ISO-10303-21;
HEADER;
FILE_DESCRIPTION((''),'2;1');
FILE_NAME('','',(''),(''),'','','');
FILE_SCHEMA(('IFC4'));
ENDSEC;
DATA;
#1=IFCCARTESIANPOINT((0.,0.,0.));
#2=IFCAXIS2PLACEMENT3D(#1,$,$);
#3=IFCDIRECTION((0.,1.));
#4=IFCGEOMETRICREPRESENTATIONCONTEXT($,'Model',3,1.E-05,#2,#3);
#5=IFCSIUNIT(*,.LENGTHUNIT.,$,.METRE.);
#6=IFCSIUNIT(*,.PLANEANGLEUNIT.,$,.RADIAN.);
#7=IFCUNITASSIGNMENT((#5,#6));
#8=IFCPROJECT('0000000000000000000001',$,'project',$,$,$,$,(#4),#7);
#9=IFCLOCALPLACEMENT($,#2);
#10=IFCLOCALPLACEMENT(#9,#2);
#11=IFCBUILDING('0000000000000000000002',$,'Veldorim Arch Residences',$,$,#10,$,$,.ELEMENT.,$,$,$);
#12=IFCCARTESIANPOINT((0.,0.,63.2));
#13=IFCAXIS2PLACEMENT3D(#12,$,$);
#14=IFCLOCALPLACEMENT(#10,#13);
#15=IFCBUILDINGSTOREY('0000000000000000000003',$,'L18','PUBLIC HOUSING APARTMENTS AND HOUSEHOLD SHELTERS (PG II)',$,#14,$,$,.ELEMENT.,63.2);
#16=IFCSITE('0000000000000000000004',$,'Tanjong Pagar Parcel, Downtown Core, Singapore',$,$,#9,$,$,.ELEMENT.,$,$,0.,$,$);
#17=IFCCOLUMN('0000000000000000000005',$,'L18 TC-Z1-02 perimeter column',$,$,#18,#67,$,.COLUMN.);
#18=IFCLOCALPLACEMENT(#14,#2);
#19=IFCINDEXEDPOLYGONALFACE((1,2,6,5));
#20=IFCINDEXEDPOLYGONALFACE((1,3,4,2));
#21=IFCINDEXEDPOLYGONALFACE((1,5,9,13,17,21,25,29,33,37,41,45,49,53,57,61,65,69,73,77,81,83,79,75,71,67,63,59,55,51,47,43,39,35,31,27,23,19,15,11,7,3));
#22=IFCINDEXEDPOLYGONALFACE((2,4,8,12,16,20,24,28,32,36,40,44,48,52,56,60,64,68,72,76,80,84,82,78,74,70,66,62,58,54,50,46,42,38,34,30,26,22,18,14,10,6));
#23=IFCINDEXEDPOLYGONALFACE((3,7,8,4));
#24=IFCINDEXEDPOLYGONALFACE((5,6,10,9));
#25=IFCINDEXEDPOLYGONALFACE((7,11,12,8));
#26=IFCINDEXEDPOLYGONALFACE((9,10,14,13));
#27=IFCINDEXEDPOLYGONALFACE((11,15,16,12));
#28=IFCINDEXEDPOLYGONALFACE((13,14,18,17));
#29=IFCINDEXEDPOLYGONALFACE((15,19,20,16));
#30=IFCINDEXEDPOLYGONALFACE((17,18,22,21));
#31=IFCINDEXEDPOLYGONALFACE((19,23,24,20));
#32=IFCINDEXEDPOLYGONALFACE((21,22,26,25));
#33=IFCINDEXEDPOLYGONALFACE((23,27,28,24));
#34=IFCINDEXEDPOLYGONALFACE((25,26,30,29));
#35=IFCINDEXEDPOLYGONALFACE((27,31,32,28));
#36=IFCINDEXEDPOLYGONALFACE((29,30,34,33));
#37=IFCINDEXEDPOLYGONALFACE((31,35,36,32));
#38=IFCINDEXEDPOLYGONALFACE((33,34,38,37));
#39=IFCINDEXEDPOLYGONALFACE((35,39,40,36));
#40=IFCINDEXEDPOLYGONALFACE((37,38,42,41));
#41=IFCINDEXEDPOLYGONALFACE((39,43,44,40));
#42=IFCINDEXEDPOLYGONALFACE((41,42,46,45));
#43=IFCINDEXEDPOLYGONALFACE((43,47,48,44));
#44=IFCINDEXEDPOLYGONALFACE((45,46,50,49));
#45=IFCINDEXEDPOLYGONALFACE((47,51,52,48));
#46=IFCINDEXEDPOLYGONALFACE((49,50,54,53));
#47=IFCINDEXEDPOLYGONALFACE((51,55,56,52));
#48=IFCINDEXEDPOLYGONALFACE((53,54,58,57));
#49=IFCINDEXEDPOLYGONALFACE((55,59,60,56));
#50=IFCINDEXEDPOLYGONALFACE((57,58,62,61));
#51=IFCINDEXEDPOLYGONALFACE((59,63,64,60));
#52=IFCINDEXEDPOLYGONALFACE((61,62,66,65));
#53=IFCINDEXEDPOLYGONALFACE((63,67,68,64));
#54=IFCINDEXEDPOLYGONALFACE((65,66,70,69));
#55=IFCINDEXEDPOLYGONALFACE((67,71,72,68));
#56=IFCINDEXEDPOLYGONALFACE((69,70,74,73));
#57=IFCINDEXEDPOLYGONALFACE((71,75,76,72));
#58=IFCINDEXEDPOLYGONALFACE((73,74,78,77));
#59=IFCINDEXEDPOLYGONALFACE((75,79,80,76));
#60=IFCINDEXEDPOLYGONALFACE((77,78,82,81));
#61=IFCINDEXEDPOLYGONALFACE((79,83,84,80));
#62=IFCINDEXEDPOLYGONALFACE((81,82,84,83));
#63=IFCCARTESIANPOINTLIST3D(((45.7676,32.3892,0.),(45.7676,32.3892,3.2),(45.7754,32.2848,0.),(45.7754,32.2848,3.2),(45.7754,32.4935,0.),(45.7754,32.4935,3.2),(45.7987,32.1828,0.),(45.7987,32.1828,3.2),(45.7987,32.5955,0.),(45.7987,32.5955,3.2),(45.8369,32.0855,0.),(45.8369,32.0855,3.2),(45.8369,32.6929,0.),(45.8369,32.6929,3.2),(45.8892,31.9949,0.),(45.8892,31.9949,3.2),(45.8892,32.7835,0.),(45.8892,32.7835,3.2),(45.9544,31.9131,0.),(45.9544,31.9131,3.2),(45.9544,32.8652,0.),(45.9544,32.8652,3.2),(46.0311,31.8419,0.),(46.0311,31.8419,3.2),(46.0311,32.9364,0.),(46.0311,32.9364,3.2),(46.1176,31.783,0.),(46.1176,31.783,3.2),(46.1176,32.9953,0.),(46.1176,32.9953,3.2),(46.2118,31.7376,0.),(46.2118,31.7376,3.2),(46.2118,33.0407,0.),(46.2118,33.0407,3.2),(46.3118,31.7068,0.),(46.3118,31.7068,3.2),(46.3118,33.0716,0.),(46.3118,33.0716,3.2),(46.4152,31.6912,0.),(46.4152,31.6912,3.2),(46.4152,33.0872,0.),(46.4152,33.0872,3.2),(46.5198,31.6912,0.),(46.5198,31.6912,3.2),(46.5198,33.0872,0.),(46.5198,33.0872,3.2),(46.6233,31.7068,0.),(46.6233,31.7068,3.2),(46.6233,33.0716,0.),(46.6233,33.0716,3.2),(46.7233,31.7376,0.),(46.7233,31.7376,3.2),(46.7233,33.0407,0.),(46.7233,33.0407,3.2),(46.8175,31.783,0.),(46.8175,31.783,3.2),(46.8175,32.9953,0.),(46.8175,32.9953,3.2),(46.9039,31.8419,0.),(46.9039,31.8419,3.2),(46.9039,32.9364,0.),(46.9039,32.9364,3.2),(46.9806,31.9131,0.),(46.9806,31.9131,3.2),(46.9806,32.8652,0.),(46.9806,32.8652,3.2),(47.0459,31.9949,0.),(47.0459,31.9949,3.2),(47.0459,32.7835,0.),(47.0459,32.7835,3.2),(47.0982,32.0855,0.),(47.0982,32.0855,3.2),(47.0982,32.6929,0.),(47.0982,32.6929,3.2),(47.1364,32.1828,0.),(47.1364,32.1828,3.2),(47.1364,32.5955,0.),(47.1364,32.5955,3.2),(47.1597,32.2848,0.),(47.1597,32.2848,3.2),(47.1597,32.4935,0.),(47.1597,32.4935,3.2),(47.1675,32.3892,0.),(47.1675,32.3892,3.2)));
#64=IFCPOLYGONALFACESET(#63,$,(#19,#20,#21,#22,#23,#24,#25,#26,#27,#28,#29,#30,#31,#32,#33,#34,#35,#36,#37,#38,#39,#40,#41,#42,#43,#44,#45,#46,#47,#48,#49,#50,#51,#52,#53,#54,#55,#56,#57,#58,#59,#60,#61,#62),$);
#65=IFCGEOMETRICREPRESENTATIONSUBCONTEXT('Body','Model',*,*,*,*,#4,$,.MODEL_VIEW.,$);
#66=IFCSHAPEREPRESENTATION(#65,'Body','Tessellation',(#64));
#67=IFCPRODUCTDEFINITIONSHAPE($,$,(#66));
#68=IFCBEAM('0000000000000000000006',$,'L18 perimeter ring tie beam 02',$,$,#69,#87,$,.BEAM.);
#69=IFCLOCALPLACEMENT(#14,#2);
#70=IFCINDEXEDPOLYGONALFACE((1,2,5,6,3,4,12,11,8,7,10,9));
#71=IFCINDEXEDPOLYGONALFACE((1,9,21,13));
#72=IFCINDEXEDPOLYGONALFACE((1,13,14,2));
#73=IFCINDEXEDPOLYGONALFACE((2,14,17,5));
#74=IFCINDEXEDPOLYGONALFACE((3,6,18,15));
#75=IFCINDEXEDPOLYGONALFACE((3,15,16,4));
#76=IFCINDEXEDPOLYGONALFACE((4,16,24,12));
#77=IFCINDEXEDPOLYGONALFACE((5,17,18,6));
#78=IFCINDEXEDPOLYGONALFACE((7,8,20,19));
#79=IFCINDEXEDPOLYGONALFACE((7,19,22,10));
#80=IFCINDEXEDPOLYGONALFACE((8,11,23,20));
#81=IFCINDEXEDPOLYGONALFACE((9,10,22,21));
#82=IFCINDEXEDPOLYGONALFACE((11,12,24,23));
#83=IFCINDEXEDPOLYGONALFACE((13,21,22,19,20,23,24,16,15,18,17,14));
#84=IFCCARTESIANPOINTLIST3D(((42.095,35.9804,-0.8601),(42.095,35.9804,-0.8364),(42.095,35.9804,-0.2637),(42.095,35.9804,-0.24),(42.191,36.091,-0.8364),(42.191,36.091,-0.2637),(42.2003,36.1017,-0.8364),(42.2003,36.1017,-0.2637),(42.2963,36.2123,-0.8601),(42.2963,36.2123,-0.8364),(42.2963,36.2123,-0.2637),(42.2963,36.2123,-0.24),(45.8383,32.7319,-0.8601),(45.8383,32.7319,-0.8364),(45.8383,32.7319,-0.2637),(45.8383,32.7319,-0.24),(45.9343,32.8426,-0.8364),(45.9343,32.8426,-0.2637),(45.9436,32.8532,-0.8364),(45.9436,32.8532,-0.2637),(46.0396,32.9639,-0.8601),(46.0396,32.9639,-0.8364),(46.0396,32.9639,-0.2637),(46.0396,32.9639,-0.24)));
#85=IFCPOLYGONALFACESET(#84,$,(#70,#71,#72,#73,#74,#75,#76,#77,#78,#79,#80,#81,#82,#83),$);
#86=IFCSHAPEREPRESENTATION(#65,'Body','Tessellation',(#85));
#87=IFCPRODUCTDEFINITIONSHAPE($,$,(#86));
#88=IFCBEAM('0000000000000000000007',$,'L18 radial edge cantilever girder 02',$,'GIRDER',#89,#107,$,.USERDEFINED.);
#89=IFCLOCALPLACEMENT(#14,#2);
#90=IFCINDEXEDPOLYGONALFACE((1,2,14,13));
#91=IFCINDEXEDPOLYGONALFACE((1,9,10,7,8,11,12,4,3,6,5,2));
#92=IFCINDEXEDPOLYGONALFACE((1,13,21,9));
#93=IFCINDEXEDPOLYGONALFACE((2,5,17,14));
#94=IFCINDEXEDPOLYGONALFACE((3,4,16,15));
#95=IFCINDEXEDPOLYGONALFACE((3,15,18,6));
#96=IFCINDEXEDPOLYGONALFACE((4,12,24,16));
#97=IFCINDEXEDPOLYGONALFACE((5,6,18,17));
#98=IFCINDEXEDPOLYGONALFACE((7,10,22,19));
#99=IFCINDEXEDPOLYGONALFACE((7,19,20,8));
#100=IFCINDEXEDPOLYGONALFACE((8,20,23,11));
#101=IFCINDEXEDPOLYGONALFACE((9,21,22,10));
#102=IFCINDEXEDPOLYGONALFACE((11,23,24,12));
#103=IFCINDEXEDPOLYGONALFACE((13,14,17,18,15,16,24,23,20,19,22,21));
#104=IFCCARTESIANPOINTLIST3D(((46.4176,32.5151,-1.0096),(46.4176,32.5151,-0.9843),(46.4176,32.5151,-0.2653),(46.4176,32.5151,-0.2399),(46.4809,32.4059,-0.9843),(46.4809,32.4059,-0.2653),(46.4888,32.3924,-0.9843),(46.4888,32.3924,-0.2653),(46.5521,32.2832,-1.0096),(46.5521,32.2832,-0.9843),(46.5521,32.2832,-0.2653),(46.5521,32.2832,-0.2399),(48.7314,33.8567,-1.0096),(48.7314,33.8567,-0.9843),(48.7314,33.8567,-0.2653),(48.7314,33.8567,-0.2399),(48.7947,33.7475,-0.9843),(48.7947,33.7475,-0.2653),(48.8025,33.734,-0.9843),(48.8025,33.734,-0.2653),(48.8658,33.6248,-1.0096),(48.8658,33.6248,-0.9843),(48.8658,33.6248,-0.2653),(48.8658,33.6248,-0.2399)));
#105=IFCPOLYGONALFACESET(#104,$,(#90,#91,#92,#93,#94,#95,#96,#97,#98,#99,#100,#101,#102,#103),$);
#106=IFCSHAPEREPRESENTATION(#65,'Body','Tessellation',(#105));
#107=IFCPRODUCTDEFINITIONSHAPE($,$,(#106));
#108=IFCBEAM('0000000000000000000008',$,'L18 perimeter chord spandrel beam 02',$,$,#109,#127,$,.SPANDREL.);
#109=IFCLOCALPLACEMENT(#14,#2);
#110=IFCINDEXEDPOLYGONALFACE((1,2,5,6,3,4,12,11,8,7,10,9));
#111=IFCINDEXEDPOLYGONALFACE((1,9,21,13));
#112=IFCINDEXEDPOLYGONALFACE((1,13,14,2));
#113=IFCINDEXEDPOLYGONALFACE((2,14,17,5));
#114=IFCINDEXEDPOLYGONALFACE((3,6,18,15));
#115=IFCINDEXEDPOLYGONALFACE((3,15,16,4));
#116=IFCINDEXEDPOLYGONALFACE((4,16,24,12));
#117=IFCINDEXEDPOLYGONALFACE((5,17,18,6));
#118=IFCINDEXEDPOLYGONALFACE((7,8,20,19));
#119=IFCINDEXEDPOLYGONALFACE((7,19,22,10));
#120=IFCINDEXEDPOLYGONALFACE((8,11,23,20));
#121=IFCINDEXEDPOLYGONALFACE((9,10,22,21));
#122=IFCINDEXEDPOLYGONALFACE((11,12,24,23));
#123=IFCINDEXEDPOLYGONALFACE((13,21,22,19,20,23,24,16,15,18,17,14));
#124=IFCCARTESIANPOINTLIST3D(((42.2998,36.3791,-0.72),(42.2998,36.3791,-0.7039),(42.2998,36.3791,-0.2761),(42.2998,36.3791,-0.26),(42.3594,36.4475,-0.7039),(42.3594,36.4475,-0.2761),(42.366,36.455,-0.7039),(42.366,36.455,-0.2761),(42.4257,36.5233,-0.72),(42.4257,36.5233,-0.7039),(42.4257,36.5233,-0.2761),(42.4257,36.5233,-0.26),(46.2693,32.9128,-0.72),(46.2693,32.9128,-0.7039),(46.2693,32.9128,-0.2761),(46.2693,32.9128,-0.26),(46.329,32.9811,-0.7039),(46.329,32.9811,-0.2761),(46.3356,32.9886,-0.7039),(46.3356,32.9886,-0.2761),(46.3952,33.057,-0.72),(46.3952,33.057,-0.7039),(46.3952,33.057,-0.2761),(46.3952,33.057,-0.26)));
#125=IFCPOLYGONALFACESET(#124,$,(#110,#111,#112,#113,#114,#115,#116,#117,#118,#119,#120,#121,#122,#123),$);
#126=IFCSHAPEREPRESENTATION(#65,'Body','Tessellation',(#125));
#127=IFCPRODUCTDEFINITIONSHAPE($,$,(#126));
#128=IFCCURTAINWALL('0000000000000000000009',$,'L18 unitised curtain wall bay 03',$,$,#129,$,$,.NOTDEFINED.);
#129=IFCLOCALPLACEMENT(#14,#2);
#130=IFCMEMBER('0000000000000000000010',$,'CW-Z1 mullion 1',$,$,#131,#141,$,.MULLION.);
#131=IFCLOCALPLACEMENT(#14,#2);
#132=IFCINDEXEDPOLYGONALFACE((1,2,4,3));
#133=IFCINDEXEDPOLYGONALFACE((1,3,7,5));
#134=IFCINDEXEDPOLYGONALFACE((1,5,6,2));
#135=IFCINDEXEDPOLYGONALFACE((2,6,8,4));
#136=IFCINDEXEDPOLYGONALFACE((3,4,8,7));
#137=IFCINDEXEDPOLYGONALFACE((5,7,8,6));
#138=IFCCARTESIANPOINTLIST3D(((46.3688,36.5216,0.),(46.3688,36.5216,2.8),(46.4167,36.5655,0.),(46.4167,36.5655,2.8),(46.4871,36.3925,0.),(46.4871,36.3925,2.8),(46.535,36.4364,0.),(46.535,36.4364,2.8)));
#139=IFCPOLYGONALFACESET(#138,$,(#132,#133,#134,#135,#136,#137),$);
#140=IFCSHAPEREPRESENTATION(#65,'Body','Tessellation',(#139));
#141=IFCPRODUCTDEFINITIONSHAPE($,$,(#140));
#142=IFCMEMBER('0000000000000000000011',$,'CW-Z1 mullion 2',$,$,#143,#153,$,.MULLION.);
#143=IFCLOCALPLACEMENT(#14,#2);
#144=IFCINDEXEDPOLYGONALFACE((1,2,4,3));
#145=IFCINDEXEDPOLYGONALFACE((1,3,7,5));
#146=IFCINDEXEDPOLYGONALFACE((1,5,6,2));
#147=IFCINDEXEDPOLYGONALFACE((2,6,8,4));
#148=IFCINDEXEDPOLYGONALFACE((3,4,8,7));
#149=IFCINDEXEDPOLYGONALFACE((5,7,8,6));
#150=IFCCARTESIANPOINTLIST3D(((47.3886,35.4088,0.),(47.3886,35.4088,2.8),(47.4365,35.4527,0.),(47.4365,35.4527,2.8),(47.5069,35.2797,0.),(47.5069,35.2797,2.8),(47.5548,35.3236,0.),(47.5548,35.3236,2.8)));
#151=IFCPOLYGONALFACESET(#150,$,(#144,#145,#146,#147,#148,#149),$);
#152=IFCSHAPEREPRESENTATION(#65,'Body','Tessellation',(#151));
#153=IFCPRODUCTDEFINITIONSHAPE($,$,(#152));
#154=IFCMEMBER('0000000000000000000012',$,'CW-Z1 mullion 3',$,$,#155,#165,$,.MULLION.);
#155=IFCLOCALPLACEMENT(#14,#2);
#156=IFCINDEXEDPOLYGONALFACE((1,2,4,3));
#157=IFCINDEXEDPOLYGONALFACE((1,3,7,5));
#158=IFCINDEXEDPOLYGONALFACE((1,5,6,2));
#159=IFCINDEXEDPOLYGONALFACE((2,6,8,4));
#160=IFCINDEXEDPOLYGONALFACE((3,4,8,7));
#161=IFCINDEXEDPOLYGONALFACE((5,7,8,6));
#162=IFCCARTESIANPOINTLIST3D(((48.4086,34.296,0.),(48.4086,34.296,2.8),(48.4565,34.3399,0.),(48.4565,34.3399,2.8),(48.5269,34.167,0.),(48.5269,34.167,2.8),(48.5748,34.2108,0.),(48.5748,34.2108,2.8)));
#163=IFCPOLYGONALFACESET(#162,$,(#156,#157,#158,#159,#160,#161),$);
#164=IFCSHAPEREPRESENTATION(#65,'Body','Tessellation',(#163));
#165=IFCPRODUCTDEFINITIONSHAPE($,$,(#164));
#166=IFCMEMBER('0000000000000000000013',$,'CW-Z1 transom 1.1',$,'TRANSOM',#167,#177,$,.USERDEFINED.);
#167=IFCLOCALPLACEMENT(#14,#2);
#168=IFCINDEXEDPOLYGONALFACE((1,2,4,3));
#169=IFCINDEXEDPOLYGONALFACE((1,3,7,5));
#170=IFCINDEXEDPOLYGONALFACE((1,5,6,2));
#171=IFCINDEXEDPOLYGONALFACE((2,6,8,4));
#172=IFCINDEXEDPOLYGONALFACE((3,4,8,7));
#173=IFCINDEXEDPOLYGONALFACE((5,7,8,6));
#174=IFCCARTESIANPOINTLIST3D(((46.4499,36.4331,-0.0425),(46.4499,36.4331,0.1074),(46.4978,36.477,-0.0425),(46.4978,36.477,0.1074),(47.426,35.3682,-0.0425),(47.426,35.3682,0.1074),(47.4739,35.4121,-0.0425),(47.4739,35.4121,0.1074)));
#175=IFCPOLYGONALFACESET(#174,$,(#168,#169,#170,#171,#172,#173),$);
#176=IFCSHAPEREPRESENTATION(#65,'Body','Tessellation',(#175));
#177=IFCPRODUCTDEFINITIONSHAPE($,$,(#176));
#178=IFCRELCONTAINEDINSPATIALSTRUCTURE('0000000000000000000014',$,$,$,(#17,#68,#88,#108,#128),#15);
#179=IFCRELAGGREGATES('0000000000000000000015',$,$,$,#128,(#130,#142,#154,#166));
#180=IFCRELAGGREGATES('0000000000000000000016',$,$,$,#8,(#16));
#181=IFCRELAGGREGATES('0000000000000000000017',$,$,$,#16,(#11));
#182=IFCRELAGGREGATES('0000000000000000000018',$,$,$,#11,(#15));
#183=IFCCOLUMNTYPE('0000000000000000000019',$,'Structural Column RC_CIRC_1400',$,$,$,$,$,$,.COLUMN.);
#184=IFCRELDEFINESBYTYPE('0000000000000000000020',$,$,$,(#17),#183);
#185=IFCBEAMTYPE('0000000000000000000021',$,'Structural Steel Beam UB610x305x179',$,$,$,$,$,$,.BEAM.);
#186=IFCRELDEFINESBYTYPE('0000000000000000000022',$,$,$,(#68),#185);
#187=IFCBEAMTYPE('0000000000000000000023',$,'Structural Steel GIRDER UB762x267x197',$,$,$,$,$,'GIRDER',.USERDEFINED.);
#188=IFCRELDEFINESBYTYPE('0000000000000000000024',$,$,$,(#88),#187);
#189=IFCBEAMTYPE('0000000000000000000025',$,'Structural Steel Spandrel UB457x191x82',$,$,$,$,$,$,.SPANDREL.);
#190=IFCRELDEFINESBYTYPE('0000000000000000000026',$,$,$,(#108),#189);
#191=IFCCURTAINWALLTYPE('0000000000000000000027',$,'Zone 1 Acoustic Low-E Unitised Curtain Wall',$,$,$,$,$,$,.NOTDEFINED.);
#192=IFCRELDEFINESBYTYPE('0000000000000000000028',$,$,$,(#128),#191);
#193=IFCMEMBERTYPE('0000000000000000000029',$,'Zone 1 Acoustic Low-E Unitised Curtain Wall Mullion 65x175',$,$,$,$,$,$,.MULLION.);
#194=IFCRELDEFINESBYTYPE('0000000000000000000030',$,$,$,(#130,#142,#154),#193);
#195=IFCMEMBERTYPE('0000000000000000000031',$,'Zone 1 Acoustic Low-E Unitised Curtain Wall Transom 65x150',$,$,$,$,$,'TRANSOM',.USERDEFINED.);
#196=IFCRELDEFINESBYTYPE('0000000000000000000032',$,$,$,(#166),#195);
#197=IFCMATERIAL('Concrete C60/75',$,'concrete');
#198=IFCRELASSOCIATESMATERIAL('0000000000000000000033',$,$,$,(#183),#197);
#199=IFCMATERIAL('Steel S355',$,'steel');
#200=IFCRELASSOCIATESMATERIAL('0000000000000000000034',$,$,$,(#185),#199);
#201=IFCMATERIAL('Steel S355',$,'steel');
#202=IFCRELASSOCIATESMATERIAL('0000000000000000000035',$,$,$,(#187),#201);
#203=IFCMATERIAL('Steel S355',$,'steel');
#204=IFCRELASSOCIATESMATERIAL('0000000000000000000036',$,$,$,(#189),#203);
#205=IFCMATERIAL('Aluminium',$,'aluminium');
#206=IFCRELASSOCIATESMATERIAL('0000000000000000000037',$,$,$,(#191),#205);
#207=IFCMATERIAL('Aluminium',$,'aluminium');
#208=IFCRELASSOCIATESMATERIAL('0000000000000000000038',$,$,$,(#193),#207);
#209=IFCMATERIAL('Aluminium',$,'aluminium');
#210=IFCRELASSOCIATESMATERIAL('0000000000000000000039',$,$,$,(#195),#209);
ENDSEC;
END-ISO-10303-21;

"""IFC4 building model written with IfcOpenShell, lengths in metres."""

from ifc_helpers import new_model, si_unit, direction, frame, origin, origin_2d, place, context, subcontext, project, spatial, rectangle, circle, i_section, extrude, material, material_profile, profile_set, type_object, element, aggregate, save


model = new_model("IFC4")

# Units and contexts
model_context = context("Model", 3, precision=1e-05, world=origin(), true_north=direction((0.0, 1.0)))
body_context = subcontext(model_context, "Body", "Model", "MODEL_VIEW")
ifc_project = project(units=[si_unit("LENGTHUNIT", "METRE"), si_unit("PLANEANGLEUNIT", "RADIAN")], contexts=[model_context])

# Site, building, storey
site_placement = place(None, origin())
site = spatial("IfcSite", under=ifc_project, at=site_placement, Name="Tanjong Pagar Parcel, Downtown Core, Singapore", CompositionType="ELEMENT", RefElevation=0.0)
building_placement = place(site_placement, origin())
building = spatial("IfcBuilding", under=site, at=building_placement, Name="Veldorim Arch Residences", CompositionType="ELEMENT")
storey_placement = place(building_placement, frame((0.0, 0.0, 63.2)))
storey = spatial("IfcBuildingStorey", under=building, at=storey_placement, Name="L18", Description="PUBLIC HOUSING APARTMENTS AND HOUSEHOLD SHELTERS (PG II)", CompositionType="ELEMENT", Elevation=63.2)

# Column
ifc_material_1 = material(Name="Concrete C60/75", Category="concrete")
ifc_material_profile_1 = material_profile(ifc_material_1, circle(Radius=0.7, at=origin_2d()), Name="RC_CIRC_1400")
ifc_profile_set_1 = profile_set([ifc_material_profile_1], Name="Concrete C60/75")
column_type = type_object("IfcColumnType", Name="Structural Column RC_CIRC_1400", PredefinedType="COLUMN", material=ifc_profile_set_1)
column_placement = place(storey_placement, frame((46.4675, 32.3892, 0.0), z_axis=(0.0, 0.0, 1.0), x_axis=(1.0, 0.0, 0.0)))
element("IfcColumn", 1, at=column_placement, inside=storey, type_object=column_type, Name="L18 TC-Z1-02 perimeter column", PredefinedType="COLUMN", context=body_context, shape_type="SweptSolid", body=[
    extrude(circle(Radius=0.7, at=origin_2d()), origin(), (0.0, 0.0, 1.0), 3.2),
])

# Beams
ifc_material_2 = material(Name="Steel S355", Category="steel")
ifc_material_profile_2 = material_profile(ifc_material_2, i_section(OverallWidth=0.3071, OverallDepth=0.6201, WebThickness=0.0142, FlangeThickness=0.0237, at=origin_2d()), Name="UB610x305x179")
ifc_profile_set_2 = profile_set([ifc_material_profile_2], Name="Steel S355")
beam_type_1 = type_object("IfcBeamType", Name="Structural Steel Beam UB610x305x179", PredefinedType="BEAM", material=ifc_profile_set_2)
beam_1_placement = place(storey_placement, frame((45.939, 32.8479, -0.55), z_axis=(-0.755265, 0.65542, 0.0), x_axis=(-0.65542, -0.755265, 0.0)))
element("IfcBeam", 2, at=beam_1_placement, inside=storey, type_object=beam_type_1, Name="L18 perimeter ring tie beam 02", PredefinedType="BEAM", context=body_context, shape_type="SweptSolid", body=[
    extrude(i_section(OverallWidth=0.3071, OverallDepth=0.6201, WebThickness=0.0142, FlangeThickness=0.0237, at=origin_2d()), origin(), (0.0, 0.0, 1.0), 4.9563),
])
ifc_material_3 = material(Name="Steel S355", Category="steel")
ifc_material_profile_3 = material_profile(ifc_material_3, i_section(OverallWidth=0.2681, OverallDepth=0.7698, WebThickness=0.0156, FlangeThickness=0.0254, at=origin_2d()), Name="UB762x267x197")
ifc_profile_set_3 = profile_set([ifc_material_profile_3], Name="Steel S355")
beam_type_2 = type_object("IfcBeamType", Name="Structural Steel GIRDER UB762x267x197", ElementType="GIRDER", PredefinedType="USERDEFINED", material=ifc_profile_set_3)
beam_2_placement = place(storey_placement, frame((46.4849, 32.3992, -0.6248), z_axis=(0.865097, 0.501605, 0.0), x_axis=(-0.501605, 0.865097, 0.0)))
element("IfcBeam", 3, at=beam_2_placement, inside=storey, type_object=beam_type_2, Name="L18 radial edge cantilever girder 02", ObjectType="GIRDER", PredefinedType="USERDEFINED", context=body_context, shape_type="SweptSolid", body=[
    extrude(i_section(OverallWidth=0.2681, OverallDepth=0.7698, WebThickness=0.0156, FlangeThickness=0.0254, at=origin_2d()), origin(), (0.0, 0.0, 1.0), 2.6746),
])
ifc_material_4 = material(Name="Steel S355", Category="steel")
ifc_material_profile_4 = material_profile(ifc_material_4, i_section(OverallWidth=0.1914, OverallDepth=0.46, WebThickness=0.01, FlangeThickness=0.0161, at=origin_2d()), Name="UB457x191x82")
ifc_profile_set_4 = profile_set([ifc_material_profile_4], Name="Steel S355")
beam_type_3 = type_object("IfcBeamType", Name="Structural Steel Spandrel UB457x191x82", PredefinedType="SPANDREL", material=ifc_profile_set_4)
beam_3_placement = place(storey_placement, frame((46.3323, 32.9849, -0.49), z_axis=(-0.753234, 0.657753, 0.0), x_axis=(-0.657753, -0.753234, 0.0)))
element("IfcBeam", 4, at=beam_3_placement, inside=storey, type_object=beam_type_3, Name="L18 perimeter chord spandrel beam 02", PredefinedType="SPANDREL", context=body_context, shape_type="SweptSolid", body=[
    extrude(i_section(OverallWidth=0.1914, OverallDepth=0.46, WebThickness=0.01, FlangeThickness=0.0161, at=origin_2d()), origin(), (0.0, 0.0, 1.0), 5.27),
])

# Curtain wall, members
ifc_material_5 = material(Name="Aluminium", Category="aluminium")
curtain_wall_type = type_object("IfcCurtainWallType", Name="Zone 1 Acoustic Low-E Unitised Curtain Wall", PredefinedType="NOTDEFINED", material=ifc_material_5)
curtain_wall_placement = place(storey_placement, origin())
curtain_wall = element("IfcCurtainWall", 5, at=curtain_wall_placement, inside=storey, type_object=curtain_wall_type, Name="L18 unitised curtain wall bay 03", PredefinedType="NOTDEFINED")
ifc_material_6 = material(Name="Aluminium", Category="aluminium")
ifc_material_profile_5 = material_profile(ifc_material_6, rectangle(XDim=0.0649, YDim=0.175, at=origin_2d()), Name="ALU_MUL_65x175")
ifc_profile_set_5 = profile_set([ifc_material_profile_5], Name="Aluminium")
member_type_1 = type_object("IfcMemberType", Name="Zone 1 Acoustic Low-E Unitised Curtain Wall Mullion 65x175", PredefinedType="MULLION", material=ifc_profile_set_5)
member_1_placement = place(storey_placement, frame((46.4519, 36.479, 0.0), z_axis=(0.0, 0.0, 1.0), x_axis=(0.737193, 0.675682, 0.0)))
member_1 = element("IfcMember", 6, at=member_1_placement, type_object=member_type_1, Name="CW-Z1 mullion 1", PredefinedType="MULLION", context=body_context, shape_type="SweptSolid", body=[
    extrude(rectangle(XDim=0.0649, YDim=0.175, at=origin_2d()), origin(), (0.0, 0.0, 1.0), 2.8),
])
member_2_placement = place(storey_placement, frame((47.4717, 35.3662, 0.0), z_axis=(0.0, 0.0, 1.0), x_axis=(0.737193, 0.675682, 0.0)))
member_2 = element("IfcMember", 7, at=member_2_placement, type_object=member_type_1, Name="CW-Z1 mullion 2", PredefinedType="MULLION", context=body_context, shape_type="SweptSolid", body=[
    extrude(rectangle(XDim=0.0649, YDim=0.175, at=origin_2d()), origin(), (0.0, 0.0, 1.0), 2.8),
])
member_3_placement = place(storey_placement, frame((48.4917, 34.2534, 0.0), z_axis=(0.0, 0.0, 1.0), x_axis=(0.737193, 0.675682, 0.0)))
member_3 = element("IfcMember", 8, at=member_3_placement, type_object=member_type_1, Name="CW-Z1 mullion 3", PredefinedType="MULLION", context=body_context, shape_type="SweptSolid", body=[
    extrude(rectangle(XDim=0.0649, YDim=0.175, at=origin_2d()), origin(), (0.0, 0.0, 1.0), 2.8),
])
ifc_material_7 = material(Name="Aluminium", Category="aluminium")
ifc_material_profile_6 = material_profile(ifc_material_7, rectangle(XDim=0.0649, YDim=0.1499, at=origin_2d()), Name="ALU_TRN_65x150")
ifc_profile_set_6 = profile_set([ifc_material_profile_6], Name="Aluminium")
member_type_2 = type_object("IfcMemberType", Name="Zone 1 Acoustic Low-E Unitised Curtain Wall Transom 65x150", ElementType="TRANSOM", PredefinedType="USERDEFINED", material=ifc_profile_set_6)
member_4_placement = place(storey_placement, frame((46.4739, 36.4551, 0.0325), z_axis=(0.675679, -0.737196, 0.0), x_axis=(0.737196, 0.675679, 0.0)))
member_4 = element("IfcMember", 9, at=member_4_placement, type_object=member_type_2, Name="CW-Z1 transom 1.1", ObjectType="TRANSOM", PredefinedType="USERDEFINED", context=body_context, shape_type="SweptSolid", body=[
    extrude(rectangle(XDim=0.0649, YDim=0.1499, at=origin_2d()), origin(), (0.0, 0.0, 1.0), 1.4446),
])
aggregate(curtain_wall, [member_1, member_2, member_3, member_4])

save(model, "model.ifc")
